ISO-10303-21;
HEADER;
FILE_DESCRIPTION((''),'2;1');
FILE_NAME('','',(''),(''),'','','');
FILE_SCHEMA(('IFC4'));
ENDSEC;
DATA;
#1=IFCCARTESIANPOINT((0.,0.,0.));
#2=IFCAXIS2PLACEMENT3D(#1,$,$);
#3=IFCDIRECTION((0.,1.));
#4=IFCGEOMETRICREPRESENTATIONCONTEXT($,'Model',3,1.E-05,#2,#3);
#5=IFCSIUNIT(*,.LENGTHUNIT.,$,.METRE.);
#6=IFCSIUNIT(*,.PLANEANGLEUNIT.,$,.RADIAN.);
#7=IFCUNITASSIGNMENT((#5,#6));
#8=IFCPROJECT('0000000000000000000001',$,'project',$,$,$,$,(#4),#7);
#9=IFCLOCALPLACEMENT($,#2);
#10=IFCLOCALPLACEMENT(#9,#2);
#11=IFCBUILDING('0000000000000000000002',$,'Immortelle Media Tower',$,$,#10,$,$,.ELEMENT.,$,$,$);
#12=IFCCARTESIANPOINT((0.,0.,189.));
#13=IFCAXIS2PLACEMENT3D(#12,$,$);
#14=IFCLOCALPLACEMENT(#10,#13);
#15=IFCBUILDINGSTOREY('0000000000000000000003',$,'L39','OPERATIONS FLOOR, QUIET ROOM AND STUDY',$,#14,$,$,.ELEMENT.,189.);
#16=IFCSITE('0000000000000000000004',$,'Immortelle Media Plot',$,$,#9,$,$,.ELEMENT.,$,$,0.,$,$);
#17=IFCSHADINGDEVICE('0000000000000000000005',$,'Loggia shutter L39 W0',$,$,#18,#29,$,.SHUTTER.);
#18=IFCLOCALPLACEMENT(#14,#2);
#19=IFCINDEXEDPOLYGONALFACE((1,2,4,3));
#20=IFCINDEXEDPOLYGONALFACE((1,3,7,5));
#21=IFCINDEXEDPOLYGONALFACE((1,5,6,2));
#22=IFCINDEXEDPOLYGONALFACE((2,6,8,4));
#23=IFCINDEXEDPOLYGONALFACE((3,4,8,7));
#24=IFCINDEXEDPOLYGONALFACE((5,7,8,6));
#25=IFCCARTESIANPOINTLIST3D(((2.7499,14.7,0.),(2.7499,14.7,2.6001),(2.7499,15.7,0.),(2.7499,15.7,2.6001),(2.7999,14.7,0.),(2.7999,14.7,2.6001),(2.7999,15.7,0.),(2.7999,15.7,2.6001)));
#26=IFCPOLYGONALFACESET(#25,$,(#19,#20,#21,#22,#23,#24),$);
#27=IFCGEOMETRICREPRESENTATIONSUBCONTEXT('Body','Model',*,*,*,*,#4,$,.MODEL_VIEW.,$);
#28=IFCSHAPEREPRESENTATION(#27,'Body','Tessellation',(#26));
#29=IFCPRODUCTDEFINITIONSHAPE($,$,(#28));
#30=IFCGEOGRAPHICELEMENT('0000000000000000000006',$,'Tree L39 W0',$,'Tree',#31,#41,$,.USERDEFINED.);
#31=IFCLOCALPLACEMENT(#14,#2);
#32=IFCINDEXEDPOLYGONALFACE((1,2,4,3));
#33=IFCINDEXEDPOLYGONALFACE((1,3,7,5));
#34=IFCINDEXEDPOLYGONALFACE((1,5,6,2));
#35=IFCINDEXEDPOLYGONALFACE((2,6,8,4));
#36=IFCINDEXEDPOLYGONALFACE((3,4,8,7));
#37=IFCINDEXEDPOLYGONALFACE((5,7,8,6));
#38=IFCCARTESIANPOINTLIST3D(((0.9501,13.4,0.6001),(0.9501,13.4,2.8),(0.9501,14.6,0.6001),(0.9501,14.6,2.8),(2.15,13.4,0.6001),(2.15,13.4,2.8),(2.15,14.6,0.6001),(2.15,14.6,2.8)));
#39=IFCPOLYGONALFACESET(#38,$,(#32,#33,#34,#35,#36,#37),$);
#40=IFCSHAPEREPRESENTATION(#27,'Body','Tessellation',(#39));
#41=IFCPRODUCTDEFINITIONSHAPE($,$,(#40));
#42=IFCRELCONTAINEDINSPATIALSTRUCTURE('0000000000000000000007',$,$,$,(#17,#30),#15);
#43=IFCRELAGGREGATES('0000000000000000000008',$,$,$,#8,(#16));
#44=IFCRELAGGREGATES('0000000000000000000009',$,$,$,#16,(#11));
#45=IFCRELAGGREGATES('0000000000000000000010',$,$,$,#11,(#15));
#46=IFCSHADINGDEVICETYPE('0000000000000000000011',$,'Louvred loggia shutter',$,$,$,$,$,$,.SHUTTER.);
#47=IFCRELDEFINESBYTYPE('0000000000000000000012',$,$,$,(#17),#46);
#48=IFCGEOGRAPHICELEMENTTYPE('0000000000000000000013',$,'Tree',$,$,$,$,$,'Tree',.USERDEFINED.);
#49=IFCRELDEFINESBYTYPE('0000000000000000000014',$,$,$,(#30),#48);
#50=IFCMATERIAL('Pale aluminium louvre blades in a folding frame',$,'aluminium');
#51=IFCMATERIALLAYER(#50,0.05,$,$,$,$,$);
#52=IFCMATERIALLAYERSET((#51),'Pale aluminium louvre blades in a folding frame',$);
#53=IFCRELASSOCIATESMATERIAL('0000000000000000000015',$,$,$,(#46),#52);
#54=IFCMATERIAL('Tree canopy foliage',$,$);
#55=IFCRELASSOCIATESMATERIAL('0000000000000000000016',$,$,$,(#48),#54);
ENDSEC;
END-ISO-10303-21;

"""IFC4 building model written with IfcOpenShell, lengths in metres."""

from ifc_helpers import new_model, si_unit, direction, frame, origin, origin_2d, place, context, subcontext, project, spatial, rectangle, extrude, material, layer, layer_set, type_object, element, save


model = new_model("IFC4")

# Units and contexts
model_context = context("Model", 3, precision=1e-05, world=origin(), true_north=direction((0.0, 1.0)))
body_context = subcontext(model_context, "Body", "Model", "MODEL_VIEW")
ifc_project = project(units=[si_unit("LENGTHUNIT", "METRE"), si_unit("PLANEANGLEUNIT", "RADIAN")], contexts=[model_context])

# Site, building, storey
site_placement = place(None, origin())
site = spatial("IfcSite", under=ifc_project, at=site_placement, Name="Immortelle Media Plot", CompositionType="ELEMENT", RefElevation=0.0)
building_placement = place(site_placement, origin())
building = spatial("IfcBuilding", under=site, at=building_placement, Name="Immortelle Media Tower", CompositionType="ELEMENT")
storey_placement = place(building_placement, frame((0.0, 0.0, 189.0)))
storey = spatial("IfcBuildingStorey", under=building, at=storey_placement, Name="L39", Description="OPERATIONS FLOOR, QUIET ROOM AND STUDY", CompositionType="ELEMENT", Elevation=189.0)

# Shading device
ifc_material_1 = material(Name="Pale aluminium louvre blades in a folding frame", Category="aluminium")
ifc_layer_1 = layer(ifc_material_1, 0.05)
ifc_layer_set_1 = layer_set([ifc_layer_1], Name="Pale aluminium louvre blades in a folding frame")
shading_device_type_1 = type_object("IfcShadingDeviceType", Name="Louvred loggia shutter", PredefinedType="SHUTTER", material=ifc_layer_set_1)
shading_device_1_placement = place(storey_placement, frame((2.7749, 15.2, 0.0), z_axis=(0.0, 0.0, 1.0), x_axis=(0.0, -1.0, 0.0)))
element("IfcShadingDevice", 1, at=shading_device_1_placement, inside=storey, type_object=shading_device_type_1, Name="Loggia shutter L39 W0", PredefinedType="SHUTTER", context=body_context, shape_type="SweptSolid", body=[
    extrude(rectangle(XDim=1.0, YDim=0.05, at=origin_2d()), origin(), (0.0, 0.0, 1.0), 2.6001),
])

# Geographic element
ifc_material_2 = material(Name="Tree canopy foliage")
geographic_element_type = type_object("IfcGeographicElementType", Name="Tree", ElementType="Tree", PredefinedType="USERDEFINED", material=ifc_material_2)
geographic_element_placement = place(storey_placement, frame((1.55, 14.0, 0.6001), z_axis=(0.0, 0.0, 1.0), x_axis=(1.0, 0.0, 0.0)))
element("IfcGeographicElement", 2, at=geographic_element_placement, inside=storey, type_object=geographic_element_type, Name="Tree L39 W0", ObjectType="Tree", PredefinedType="USERDEFINED", context=body_context, shape_type="SweptSolid", body=[
    extrude(rectangle(XDim=1.2, YDim=1.2, at=origin_2d()), origin(), (0.0, 0.0, 1.0), 2.2),
])

save(model, "model.ifc")
